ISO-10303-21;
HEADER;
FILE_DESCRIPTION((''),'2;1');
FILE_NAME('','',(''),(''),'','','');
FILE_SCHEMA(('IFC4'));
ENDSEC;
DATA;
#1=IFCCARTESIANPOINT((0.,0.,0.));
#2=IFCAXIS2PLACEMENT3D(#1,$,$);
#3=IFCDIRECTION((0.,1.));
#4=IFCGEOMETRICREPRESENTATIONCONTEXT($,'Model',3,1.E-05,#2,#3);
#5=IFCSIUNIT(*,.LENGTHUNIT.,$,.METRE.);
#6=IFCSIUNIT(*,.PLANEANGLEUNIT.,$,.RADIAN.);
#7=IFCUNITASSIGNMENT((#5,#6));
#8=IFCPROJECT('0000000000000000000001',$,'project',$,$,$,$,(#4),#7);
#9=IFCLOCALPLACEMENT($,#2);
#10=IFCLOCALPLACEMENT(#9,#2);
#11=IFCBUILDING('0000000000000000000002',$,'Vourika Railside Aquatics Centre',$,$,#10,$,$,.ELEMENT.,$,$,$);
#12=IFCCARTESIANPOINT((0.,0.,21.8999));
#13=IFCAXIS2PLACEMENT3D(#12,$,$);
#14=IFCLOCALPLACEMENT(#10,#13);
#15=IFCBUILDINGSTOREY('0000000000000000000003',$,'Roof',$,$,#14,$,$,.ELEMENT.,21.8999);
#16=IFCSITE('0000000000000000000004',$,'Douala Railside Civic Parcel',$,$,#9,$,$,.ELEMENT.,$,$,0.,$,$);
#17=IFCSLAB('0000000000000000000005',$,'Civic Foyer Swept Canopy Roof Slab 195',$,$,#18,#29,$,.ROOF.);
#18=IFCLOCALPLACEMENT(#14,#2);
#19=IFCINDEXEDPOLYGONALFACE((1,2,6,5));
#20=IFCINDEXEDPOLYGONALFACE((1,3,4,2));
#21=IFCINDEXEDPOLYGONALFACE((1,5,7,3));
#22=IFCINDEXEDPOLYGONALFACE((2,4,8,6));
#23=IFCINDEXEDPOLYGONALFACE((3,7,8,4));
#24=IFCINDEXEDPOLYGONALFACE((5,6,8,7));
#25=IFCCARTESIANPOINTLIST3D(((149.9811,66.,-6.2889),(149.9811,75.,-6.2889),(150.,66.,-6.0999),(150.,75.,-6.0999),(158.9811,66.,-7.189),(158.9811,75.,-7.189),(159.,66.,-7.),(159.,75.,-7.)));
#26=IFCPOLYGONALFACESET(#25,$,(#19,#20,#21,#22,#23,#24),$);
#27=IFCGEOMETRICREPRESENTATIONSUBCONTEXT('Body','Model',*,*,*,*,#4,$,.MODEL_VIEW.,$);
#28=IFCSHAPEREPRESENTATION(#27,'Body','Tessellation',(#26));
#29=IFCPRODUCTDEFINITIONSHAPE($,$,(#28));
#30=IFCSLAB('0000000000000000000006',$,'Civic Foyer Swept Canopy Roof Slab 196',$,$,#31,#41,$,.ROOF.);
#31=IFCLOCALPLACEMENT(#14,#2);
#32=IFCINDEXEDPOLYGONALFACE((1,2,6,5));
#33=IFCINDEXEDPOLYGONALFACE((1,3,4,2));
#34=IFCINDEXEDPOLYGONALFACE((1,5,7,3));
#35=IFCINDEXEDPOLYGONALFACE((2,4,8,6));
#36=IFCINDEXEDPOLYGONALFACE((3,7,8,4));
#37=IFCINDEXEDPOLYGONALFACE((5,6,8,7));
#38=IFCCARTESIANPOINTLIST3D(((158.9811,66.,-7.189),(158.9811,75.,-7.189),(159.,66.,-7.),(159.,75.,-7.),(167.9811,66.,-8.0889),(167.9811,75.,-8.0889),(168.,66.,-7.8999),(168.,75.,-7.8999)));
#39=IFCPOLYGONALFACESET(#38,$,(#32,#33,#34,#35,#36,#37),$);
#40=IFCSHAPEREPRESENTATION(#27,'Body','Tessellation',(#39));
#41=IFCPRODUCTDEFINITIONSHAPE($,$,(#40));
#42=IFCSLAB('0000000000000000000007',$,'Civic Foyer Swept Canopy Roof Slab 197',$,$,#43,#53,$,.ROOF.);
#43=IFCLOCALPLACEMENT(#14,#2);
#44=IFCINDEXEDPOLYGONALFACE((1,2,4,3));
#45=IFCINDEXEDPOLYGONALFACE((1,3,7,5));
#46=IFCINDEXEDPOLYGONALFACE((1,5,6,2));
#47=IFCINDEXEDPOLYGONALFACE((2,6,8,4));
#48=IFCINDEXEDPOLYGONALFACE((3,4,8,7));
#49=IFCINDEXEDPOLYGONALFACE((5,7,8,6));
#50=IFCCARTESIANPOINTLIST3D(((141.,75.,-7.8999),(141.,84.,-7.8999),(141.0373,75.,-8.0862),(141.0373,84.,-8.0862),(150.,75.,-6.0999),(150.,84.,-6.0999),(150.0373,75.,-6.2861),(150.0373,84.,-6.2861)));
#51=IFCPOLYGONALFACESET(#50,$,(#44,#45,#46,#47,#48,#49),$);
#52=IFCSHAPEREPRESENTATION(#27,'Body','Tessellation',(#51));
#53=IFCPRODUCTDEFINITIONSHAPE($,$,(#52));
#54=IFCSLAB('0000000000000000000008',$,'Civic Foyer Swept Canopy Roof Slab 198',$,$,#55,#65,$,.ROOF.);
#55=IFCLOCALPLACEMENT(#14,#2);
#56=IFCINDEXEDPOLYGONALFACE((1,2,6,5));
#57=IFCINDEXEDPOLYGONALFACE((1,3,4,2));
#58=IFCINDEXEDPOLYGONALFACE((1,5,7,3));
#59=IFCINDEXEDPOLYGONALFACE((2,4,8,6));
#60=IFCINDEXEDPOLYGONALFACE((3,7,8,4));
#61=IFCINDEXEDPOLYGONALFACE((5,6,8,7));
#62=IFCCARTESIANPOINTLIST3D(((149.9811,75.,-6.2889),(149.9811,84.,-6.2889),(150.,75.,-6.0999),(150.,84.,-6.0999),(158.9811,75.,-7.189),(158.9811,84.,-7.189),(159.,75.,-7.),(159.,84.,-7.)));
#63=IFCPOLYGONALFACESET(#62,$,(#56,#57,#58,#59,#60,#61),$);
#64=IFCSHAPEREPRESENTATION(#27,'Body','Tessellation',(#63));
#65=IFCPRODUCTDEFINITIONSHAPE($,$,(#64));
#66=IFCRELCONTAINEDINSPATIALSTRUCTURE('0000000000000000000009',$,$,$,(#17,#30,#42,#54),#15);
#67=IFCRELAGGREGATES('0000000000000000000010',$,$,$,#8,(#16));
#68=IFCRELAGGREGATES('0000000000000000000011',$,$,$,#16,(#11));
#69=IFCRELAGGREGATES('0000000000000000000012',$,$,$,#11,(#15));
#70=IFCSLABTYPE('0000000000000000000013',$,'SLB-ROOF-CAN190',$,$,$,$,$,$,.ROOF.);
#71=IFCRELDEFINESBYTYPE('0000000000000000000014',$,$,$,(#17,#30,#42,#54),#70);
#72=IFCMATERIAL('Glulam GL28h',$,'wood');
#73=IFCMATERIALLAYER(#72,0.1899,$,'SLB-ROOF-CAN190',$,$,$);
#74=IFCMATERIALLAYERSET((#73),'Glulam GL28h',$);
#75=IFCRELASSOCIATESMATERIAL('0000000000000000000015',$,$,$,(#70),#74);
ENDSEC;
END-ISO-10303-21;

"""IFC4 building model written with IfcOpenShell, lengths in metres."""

from ifc_helpers import new_model, si_unit, direction, frame, origin, place, context, subcontext, project, spatial, polyline, outline, extrude, material, layer, layer_set, type_object, element, save


model = new_model("IFC4")

# Units and contexts
model_context = context("Model", 3, precision=1e-05, world=origin(), true_north=direction((0.0, 1.0)))
body_context = subcontext(model_context, "Body", "Model", "MODEL_VIEW")
ifc_project = project(units=[si_unit("LENGTHUNIT", "METRE"), si_unit("PLANEANGLEUNIT", "RADIAN")], contexts=[model_context])

# Site, building, storey
site_placement = place(None, origin())
site = spatial("IfcSite", under=ifc_project, at=site_placement, Name="Douala Railside Civic Parcel", CompositionType="ELEMENT", RefElevation=0.0)
building_placement = place(site_placement, origin())
building = spatial("IfcBuilding", under=site, at=building_placement, Name="Vourika Railside Aquatics Centre", CompositionType="ELEMENT")
storey_placement = place(building_placement, frame((0.0, 0.0, 21.8999)))
storey = spatial("IfcBuildingStorey", under=building, at=storey_placement, Name="Roof", CompositionType="ELEMENT", Elevation=21.8999)

# Slabs
ifc_material_1 = material(Name="Glulam GL28h", Category="wood")
ifc_layer_1 = layer(ifc_material_1, 0.1899, Name="SLB-ROOF-CAN190")
ifc_layer_set_1 = layer_set([ifc_layer_1], Name="Glulam GL28h")
slab_type = type_object("IfcSlabType", Name="SLB-ROOF-CAN190", PredefinedType="ROOF", material=ifc_layer_set_1)
slab_1_placement = place(storey_placement, frame((150.0, 66.0, -6.0999), z_axis=(0.09952, 0.0, 0.995036), x_axis=(0.995036, 0.0, -0.09952)))
element("IfcSlab", 1, at=slab_1_placement, inside=storey, type_object=slab_type, Name="Civic Foyer Swept Canopy Roof Slab 195", PredefinedType="ROOF", context=body_context, shape_type="SweptSolid", body=[
    extrude(outline(polyline([(0.0, 0.0), (9.0449, 0.0), (9.0449, 9.0), (0.0, 9.0), (0.0, 0.0)])), origin(), (0.0, 0.0, -1.0), 0.1899),
])
slab_2_placement = place(storey_placement, frame((159.0, 66.0, -7.0), z_axis=(0.099493, 0.0, 0.995038), x_axis=(0.995038, 0.0, -0.099493)))
element("IfcSlab", 2, at=slab_2_placement, inside=storey, type_object=slab_type, Name="Civic Foyer Swept Canopy Roof Slab 196", PredefinedType="ROOF", context=body_context, shape_type="SweptSolid", body=[
    extrude(outline(polyline([(0.0, 0.0), (9.0449, 0.0), (9.0449, 9.0), (0.0, 9.0), (0.0, 0.0)])), origin(), (0.0, 0.0, -1.0), 0.1899),
])
slab_3_placement = place(storey_placement, frame((141.0, 75.0, -7.8999), z_axis=(-0.196121, 0.0, 0.98058), x_axis=(0.98058, 0.0, 0.196121)))
element("IfcSlab", 3, at=slab_3_placement, inside=storey, type_object=slab_type, Name="Civic Foyer Swept Canopy Roof Slab 197", PredefinedType="ROOF", context=body_context, shape_type="SweptSolid", body=[
    extrude(outline(polyline([(0.0, 0.0), (9.1782, 0.0), (9.1782, 9.0), (0.0, 9.0), (0.0, 0.0)])), origin(), (0.0, 0.0, -1.0), 0.1899),
])
slab_4_placement = place(storey_placement, frame((150.0, 75.0, -6.0999), z_axis=(0.09952, 0.0, 0.995036), x_axis=(0.995036, 0.0, -0.09952)))
element("IfcSlab", 4, at=slab_4_placement, inside=storey, type_object=slab_type, Name="Civic Foyer Swept Canopy Roof Slab 198", PredefinedType="ROOF", context=body_context, shape_type="SweptSolid", body=[
    extrude(outline(polyline([(0.0, 0.0), (9.0449, 0.0), (9.0449, 9.0), (0.0, 9.0), (0.0, 0.0)])), origin(), (0.0, 0.0, -1.0), 0.1899),
])

save(model, "model.ifc")
